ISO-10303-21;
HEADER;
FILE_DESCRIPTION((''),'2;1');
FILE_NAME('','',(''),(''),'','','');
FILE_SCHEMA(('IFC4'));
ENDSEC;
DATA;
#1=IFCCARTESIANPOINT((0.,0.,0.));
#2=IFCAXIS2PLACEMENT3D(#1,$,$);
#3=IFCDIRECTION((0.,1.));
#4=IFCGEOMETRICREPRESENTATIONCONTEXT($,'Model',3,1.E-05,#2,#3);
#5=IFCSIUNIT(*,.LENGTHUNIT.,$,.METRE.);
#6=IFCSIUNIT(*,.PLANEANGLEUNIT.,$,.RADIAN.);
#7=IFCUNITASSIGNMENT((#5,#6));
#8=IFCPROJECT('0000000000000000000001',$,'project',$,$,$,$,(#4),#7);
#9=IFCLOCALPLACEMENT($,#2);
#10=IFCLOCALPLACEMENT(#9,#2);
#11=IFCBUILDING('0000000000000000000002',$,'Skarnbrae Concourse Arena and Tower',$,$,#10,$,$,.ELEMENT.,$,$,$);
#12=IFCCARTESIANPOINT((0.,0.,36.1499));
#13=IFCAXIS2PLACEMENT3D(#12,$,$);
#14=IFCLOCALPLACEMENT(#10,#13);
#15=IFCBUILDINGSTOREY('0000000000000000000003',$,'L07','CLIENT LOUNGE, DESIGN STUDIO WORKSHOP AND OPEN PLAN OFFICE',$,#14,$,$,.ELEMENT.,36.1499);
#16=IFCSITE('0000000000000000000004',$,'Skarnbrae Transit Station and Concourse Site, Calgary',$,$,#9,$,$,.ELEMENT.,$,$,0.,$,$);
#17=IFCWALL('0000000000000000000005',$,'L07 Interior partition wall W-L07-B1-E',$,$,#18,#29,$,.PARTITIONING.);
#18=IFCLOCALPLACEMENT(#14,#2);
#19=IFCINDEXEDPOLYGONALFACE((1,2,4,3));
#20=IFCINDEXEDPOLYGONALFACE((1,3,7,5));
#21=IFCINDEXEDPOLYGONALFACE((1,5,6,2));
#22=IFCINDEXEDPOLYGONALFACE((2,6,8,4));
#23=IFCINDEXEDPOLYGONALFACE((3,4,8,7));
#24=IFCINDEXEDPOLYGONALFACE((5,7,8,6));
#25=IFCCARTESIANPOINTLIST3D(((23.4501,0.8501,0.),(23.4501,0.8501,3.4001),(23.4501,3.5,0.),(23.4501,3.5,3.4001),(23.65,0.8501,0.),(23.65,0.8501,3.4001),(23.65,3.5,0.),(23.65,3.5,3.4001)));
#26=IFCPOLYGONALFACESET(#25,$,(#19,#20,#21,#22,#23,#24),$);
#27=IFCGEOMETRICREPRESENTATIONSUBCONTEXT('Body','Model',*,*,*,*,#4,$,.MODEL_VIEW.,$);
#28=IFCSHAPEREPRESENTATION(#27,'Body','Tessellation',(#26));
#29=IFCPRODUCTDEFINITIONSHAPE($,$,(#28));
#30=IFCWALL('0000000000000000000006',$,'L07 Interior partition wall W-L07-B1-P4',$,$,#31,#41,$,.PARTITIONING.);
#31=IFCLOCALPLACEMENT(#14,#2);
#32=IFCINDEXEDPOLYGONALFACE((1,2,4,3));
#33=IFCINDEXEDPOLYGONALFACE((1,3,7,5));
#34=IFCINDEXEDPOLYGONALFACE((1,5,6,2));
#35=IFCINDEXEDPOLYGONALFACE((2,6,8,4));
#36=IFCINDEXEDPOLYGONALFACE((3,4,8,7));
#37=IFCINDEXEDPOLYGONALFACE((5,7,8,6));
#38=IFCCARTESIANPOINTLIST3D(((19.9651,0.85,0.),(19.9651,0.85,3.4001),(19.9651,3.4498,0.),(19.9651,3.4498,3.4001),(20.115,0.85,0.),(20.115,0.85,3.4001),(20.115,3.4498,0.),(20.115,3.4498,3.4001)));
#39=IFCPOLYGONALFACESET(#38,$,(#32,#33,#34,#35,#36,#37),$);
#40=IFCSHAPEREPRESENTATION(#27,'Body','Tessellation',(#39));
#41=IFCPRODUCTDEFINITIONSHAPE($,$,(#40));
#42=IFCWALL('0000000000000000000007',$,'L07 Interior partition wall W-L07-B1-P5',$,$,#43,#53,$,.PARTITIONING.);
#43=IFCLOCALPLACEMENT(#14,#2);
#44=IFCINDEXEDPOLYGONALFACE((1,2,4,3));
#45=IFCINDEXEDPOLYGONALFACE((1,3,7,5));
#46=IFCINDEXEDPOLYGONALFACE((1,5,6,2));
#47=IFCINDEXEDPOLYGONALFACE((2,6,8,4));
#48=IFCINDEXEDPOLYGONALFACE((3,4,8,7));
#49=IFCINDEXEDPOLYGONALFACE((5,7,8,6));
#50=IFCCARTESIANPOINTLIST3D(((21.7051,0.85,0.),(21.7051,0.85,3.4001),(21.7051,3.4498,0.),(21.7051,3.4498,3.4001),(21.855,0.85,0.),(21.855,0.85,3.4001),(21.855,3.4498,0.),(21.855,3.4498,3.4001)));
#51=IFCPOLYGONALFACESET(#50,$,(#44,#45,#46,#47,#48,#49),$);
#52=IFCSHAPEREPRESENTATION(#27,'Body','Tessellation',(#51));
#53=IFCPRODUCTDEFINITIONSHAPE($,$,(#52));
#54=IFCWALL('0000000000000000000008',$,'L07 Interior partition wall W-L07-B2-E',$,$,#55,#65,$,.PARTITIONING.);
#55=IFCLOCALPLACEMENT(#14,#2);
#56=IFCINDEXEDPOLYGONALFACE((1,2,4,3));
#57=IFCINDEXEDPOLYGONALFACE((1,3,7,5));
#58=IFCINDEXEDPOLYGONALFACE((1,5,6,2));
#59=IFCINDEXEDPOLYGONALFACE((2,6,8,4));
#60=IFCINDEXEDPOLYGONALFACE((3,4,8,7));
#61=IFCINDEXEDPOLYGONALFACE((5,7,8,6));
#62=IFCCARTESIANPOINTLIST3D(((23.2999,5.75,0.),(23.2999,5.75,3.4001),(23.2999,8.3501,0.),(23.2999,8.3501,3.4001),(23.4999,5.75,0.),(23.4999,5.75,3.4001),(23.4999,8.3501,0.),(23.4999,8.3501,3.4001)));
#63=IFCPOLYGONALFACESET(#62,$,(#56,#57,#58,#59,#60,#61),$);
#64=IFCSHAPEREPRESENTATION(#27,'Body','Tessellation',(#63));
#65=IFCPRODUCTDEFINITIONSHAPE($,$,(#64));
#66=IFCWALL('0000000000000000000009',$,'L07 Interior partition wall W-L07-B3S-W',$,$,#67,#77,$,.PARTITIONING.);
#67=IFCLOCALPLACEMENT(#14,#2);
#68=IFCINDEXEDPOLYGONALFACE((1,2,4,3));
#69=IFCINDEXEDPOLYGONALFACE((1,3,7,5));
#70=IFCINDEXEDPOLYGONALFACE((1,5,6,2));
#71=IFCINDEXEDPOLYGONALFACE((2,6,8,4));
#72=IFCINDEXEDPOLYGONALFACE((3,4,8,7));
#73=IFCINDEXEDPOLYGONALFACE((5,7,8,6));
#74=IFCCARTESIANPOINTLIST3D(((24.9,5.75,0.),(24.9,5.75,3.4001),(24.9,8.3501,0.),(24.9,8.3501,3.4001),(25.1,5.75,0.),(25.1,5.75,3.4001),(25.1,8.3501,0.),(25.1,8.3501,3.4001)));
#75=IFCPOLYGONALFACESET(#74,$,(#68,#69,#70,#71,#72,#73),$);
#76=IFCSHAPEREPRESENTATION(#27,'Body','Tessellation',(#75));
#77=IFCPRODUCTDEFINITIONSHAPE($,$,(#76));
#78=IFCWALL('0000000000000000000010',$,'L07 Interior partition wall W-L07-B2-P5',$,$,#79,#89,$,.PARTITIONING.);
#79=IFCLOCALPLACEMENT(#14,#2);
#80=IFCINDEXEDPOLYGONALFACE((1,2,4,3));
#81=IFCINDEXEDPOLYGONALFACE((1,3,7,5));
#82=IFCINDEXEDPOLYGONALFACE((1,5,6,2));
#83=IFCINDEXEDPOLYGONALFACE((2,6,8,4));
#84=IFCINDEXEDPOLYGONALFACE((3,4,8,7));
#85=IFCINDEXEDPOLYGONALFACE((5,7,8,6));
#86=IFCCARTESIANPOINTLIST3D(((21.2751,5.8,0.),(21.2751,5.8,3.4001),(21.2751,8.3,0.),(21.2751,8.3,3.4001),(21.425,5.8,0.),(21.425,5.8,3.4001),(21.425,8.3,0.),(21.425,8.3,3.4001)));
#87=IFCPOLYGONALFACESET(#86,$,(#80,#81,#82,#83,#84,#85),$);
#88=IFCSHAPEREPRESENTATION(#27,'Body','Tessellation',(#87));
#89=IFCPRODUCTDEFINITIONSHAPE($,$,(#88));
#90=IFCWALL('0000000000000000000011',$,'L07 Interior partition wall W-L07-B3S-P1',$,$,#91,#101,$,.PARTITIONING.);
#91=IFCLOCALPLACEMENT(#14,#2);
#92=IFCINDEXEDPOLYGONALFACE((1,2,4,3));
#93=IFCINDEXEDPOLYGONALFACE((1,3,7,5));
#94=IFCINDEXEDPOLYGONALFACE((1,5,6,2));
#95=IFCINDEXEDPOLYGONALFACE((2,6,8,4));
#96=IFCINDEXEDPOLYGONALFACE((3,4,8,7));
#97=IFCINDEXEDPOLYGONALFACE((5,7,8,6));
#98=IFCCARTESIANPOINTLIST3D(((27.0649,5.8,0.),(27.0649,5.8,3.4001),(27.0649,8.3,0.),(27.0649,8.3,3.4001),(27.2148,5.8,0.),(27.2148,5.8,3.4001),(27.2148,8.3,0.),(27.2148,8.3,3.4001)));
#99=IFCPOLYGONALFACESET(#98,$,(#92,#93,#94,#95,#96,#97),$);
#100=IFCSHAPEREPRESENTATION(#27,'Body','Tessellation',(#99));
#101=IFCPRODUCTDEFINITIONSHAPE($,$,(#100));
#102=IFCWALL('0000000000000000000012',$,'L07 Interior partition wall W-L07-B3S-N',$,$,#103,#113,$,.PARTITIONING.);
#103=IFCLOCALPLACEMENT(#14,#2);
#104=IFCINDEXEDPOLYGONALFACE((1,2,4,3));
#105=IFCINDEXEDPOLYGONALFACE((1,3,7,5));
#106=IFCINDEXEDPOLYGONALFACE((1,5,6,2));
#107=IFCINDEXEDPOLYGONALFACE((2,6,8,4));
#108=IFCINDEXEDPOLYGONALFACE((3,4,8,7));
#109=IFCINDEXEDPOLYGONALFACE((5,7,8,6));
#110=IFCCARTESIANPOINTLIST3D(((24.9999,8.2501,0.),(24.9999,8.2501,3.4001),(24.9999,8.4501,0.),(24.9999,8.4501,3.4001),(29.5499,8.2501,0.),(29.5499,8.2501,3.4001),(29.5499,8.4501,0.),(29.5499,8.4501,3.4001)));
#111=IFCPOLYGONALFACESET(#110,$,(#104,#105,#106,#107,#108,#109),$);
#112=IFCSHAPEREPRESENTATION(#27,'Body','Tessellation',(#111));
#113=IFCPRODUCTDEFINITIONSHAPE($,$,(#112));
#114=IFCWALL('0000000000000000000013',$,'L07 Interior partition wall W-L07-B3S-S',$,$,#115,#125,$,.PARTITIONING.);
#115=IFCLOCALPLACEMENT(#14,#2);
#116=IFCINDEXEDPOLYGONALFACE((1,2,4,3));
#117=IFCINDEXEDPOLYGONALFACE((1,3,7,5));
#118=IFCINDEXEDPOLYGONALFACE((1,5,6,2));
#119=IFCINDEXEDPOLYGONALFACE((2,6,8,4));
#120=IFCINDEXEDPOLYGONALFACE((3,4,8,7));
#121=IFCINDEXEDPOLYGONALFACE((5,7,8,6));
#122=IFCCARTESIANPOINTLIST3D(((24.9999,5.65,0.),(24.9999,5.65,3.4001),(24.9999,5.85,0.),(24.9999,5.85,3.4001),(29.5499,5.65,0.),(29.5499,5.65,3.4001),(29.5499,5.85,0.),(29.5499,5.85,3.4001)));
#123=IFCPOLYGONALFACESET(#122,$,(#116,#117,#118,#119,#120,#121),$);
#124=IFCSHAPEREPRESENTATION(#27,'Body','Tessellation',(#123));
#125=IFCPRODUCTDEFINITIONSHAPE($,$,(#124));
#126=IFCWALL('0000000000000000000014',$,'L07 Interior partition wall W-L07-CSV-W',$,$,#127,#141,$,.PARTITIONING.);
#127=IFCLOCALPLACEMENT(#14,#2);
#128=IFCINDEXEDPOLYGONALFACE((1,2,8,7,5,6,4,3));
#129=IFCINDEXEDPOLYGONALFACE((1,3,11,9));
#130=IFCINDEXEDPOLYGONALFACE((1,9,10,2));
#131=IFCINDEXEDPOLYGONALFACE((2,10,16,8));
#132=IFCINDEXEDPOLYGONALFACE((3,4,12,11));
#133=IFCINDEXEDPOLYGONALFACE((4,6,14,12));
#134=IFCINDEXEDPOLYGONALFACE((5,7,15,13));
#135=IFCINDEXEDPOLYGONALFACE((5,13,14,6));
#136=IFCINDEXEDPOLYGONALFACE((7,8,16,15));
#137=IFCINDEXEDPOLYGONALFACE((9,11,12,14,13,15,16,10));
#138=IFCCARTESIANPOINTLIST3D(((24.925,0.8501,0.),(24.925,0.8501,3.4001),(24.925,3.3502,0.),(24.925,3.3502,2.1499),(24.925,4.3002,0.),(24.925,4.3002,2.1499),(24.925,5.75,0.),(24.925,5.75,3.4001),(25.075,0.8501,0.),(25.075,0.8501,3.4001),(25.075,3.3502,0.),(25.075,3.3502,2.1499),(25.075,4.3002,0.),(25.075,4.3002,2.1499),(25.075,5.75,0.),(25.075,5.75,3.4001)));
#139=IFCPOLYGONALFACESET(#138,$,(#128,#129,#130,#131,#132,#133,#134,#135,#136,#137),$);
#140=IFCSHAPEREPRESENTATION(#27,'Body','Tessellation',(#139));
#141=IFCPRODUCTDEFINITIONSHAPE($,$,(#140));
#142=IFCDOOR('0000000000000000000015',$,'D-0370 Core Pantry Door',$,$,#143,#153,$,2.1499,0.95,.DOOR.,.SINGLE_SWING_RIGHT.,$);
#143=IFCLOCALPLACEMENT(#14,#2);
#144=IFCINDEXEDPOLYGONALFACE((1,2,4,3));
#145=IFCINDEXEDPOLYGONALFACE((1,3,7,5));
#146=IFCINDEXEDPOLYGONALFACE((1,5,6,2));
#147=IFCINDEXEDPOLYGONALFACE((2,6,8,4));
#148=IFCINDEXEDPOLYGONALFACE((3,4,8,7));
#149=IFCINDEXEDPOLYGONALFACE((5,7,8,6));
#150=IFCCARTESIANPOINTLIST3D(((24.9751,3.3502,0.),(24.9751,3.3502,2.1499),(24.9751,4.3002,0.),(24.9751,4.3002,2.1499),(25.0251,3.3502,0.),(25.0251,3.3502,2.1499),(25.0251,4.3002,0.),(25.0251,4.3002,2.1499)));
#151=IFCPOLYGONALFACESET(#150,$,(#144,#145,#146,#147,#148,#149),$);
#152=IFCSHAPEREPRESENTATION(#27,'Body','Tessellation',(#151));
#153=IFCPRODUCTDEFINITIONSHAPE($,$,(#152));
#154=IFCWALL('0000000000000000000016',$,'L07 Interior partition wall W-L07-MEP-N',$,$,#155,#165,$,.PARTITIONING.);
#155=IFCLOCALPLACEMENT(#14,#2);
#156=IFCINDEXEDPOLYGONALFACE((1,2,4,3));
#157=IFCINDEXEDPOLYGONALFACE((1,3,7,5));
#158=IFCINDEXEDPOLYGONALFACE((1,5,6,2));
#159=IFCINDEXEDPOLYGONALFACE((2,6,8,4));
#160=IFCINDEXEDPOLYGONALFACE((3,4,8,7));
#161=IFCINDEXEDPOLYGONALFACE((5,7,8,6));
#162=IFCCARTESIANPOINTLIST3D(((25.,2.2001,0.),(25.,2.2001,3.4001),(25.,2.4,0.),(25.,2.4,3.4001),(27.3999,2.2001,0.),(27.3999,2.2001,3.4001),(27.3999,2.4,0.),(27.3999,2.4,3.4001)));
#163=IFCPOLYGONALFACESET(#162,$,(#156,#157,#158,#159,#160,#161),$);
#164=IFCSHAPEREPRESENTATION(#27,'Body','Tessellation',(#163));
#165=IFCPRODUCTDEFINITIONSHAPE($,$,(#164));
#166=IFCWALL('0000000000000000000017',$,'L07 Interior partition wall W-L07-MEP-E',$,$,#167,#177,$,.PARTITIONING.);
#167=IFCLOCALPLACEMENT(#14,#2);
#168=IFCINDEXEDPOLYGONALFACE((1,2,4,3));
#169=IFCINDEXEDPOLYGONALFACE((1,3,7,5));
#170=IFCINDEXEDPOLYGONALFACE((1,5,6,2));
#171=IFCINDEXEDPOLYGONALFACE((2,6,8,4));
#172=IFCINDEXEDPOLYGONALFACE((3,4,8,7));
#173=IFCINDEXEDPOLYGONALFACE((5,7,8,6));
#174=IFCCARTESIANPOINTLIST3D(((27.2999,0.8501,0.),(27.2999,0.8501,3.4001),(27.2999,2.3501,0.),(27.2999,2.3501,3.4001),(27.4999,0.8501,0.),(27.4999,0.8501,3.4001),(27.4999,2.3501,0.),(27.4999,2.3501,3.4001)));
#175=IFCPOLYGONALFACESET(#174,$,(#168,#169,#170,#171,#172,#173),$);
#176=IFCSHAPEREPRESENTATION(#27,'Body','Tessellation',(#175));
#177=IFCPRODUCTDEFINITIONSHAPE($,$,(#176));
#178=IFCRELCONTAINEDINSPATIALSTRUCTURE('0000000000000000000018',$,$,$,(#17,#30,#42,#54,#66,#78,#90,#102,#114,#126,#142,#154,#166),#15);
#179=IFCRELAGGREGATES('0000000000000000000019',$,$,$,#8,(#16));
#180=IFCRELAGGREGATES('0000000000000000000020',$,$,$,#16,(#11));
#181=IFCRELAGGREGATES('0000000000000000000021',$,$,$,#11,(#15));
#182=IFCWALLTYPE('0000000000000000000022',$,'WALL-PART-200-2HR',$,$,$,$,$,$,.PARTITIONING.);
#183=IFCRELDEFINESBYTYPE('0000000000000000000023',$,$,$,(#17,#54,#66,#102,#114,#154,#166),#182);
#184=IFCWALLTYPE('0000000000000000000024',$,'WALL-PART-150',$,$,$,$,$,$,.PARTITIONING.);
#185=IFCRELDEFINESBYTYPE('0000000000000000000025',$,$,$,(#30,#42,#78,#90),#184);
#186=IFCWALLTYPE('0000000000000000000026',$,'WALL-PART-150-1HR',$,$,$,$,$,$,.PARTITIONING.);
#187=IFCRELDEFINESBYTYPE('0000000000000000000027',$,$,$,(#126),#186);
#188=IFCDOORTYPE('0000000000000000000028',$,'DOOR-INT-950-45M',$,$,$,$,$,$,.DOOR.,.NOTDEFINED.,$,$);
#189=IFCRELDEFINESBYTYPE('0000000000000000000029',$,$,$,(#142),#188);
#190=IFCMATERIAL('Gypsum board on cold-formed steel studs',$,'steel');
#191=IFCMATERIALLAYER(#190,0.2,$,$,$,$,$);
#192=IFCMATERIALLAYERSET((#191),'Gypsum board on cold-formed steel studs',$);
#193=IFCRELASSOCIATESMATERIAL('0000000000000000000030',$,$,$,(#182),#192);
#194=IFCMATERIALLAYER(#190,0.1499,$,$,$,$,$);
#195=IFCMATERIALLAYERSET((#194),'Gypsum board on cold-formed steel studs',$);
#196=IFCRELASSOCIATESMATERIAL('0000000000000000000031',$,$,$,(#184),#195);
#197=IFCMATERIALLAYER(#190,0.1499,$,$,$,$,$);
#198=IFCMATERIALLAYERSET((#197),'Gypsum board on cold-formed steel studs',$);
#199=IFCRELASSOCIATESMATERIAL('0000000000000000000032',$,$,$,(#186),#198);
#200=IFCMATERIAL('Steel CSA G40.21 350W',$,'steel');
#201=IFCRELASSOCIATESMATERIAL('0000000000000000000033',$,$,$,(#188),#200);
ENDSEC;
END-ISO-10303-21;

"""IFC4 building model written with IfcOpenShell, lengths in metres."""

from ifc_helpers import new_model, si_unit, direction, frame, frame_2d, origin, place, context, subcontext, project, spatial, rectangle, extrude, source, transform, mapped, material, layer, layer_set, type_object, element, fill, save


model = new_model("IFC4")

# Units and contexts
model_context = context("Model", 3, precision=1e-05, world=origin(), true_north=direction((0.0, 1.0)))
body_context = subcontext(model_context, "Body", "Model", "MODEL_VIEW")
ifc_project = project(units=[si_unit("LENGTHUNIT", "METRE"), si_unit("PLANEANGLEUNIT", "RADIAN")], contexts=[model_context])

# Site, building, storey
site_placement = place(None, origin())
site = spatial("IfcSite", under=ifc_project, at=site_placement, Name="Skarnbrae Transit Station and Concourse Site, Calgary", CompositionType="ELEMENT", RefElevation=0.0)
building_placement = place(site_placement, origin())
building = spatial("IfcBuilding", under=site, at=building_placement, Name="Skarnbrae Concourse Arena and Tower", CompositionType="ELEMENT")
storey_placement = place(building_placement, frame((0.0, 0.0, 36.1499)))
storey = spatial("IfcBuildingStorey", under=building, at=storey_placement, Name="L07", Description="CLIENT LOUNGE, DESIGN STUDIO WORKSHOP AND OPEN PLAN OFFICE", CompositionType="ELEMENT", Elevation=36.1499)

# Walls
ifc_material_1 = material(Name="Gypsum board on cold-formed steel studs", Category="steel")
ifc_layer_1 = layer(ifc_material_1, 0.2)
ifc_layer_set_1 = layer_set([ifc_layer_1], Name="Gypsum board on cold-formed steel studs")
wall_type_1 = type_object("IfcWallType", Name="WALL-PART-200-2HR", PredefinedType="PARTITIONING", material=ifc_layer_set_1)
shared_shape_1 = source(origin(), body_context, "Body", "SweptSolid", [
    extrude(rectangle(XDim=2.6499, YDim=0.2, at=frame_2d((1.325, 0.0))), origin(), (0.0, 0.0, 1.0), 3.4001),
])
wall_1_placement = place(storey_placement, frame((23.55, 0.8501, 0.0), z_axis=(0.0, 0.0, 1.0), x_axis=(0.0, 1.0, 0.0)))
element("IfcWall", 1, at=wall_1_placement, inside=storey, type_object=wall_type_1, Name="L07 Interior partition wall W-L07-B1-E", PredefinedType="PARTITIONING", context=body_context, shape_type="MappedRepresentation", body=[
    mapped(shared_shape_1, transform((0.0, 0.0, 0.0))),
])
ifc_layer_2 = layer(ifc_material_1, 0.1499)
ifc_layer_set_2 = layer_set([ifc_layer_2], Name="Gypsum board on cold-formed steel studs")
wall_type_2 = type_object("IfcWallType", Name="WALL-PART-150", PredefinedType="PARTITIONING", material=ifc_layer_set_2)
shared_shape_2 = source(origin(), body_context, "Body", "SweptSolid", [
    extrude(rectangle(XDim=2.5999, YDim=0.1499, at=frame_2d((1.2998, 0.0))), origin(), (0.0, 0.0, 1.0), 3.4001),
])
for number, where, z_axis, x_axis, name in (
    (2, (20.04, 0.8501, 0.0), (0.0, 0.0, 1.0), (0.0, 1.0, 0.0), "L07 Interior partition wall W-L07-B1-P4"),
    (3, (21.78, 0.8501, 0.0), (0.0, 0.0, 1.0), (0.0, 1.0, 0.0), "L07 Interior partition wall W-L07-B1-P5"),
):
    element("IfcWall", number, at=place(storey_placement, frame(where, z_axis=z_axis, x_axis=x_axis)), inside=storey, type_object=wall_type_2, Name=name, PredefinedType="PARTITIONING", context=body_context, shape_type="MappedRepresentation", body=[
        mapped(shared_shape_2, transform((0.0, 0.0, 0.0))),
    ])
shared_shape_3 = source(origin(), body_context, "Body", "SweptSolid", [
    extrude(rectangle(XDim=2.6001, YDim=0.2, at=frame_2d((1.3, 0.0))), origin(), (0.0, 0.0, 1.0), 3.4001),
])
for number, where, z_axis, x_axis, name in (
    (4, (23.3999, 5.75, 0.0), (0.0, 0.0, 1.0), (0.0, 1.0, 0.0), "L07 Interior partition wall W-L07-B2-E"),
    (5, (25.0, 5.75, 0.0), (0.0, 0.0, 1.0), (0.0, 1.0, 0.0), "L07 Interior partition wall W-L07-B3S-W"),
):
    element("IfcWall", number, at=place(storey_placement, frame(where, z_axis=z_axis, x_axis=x_axis)), inside=storey, type_object=wall_type_1, Name=name, PredefinedType="PARTITIONING", context=body_context, shape_type="MappedRepresentation", body=[
        mapped(shared_shape_3, transform((0.0, 0.0, 0.0))),
    ])
shared_shape_4 = source(origin(), body_context, "Body", "SweptSolid", [
    extrude(rectangle(XDim=2.5, YDim=0.1499, at=frame_2d((1.25, 0.0))), origin(), (0.0, 0.0, 1.0), 3.4001),
])
for number, where, z_axis, x_axis, name in (
    (6, (21.3501, 5.8, 0.0), (0.0, 0.0, 1.0), (0.0, 1.0, 0.0), "L07 Interior partition wall W-L07-B2-P5"),
    (7, (27.1399, 5.8, 0.0), (0.0, 0.0, 1.0), (0.0, 1.0, 0.0), "L07 Interior partition wall W-L07-B3S-P1"),
):
    element("IfcWall", number, at=place(storey_placement, frame(where, z_axis=z_axis, x_axis=x_axis)), inside=storey, type_object=wall_type_2, Name=name, PredefinedType="PARTITIONING", context=body_context, shape_type="MappedRepresentation", body=[
        mapped(shared_shape_4, transform((0.0, 0.0, 0.0))),
    ])
shared_shape_5 = source(origin(), body_context, "Body", "SweptSolid", [
    extrude(rectangle(XDim=4.55, YDim=0.2, at=frame_2d((2.2749, 0.0))), origin(), (0.0, 0.0, 1.0), 3.4001),
])
for number, where, z_axis, x_axis, name in (
    (8, (25.0, 8.3501, 0.0), (0.0, 0.0, 1.0), (1.0, 0.0, 0.0), "L07 Interior partition wall W-L07-B3S-N"),
    (9, (25.0, 5.75, 0.0), (0.0, 0.0, 1.0), (1.0, 0.0, 0.0), "L07 Interior partition wall W-L07-B3S-S"),
):
    element("IfcWall", number, at=place(storey_placement, frame(where, z_axis=z_axis, x_axis=x_axis)), inside=storey, type_object=wall_type_1, Name=name, PredefinedType="PARTITIONING", context=body_context, shape_type="MappedRepresentation", body=[
        mapped(shared_shape_5, transform((0.0, 0.0, 0.0))),
    ])

# Wall, opening, door
ifc_layer_3 = layer(ifc_material_1, 0.1499)
ifc_layer_set_3 = layer_set([ifc_layer_3], Name="Gypsum board on cold-formed steel studs")
wall_type_3 = type_object("IfcWallType", Name="WALL-PART-150-1HR", PredefinedType="PARTITIONING", material=ifc_layer_set_3)
shared_shape_6 = source(origin(), body_context, "Body", "SweptSolid", [
    extrude(rectangle(XDim=4.8999, YDim=0.1499, at=frame_2d((2.45, 0.0))), origin(), (0.0, 0.0, 1.0), 3.4001),
])
wall_2_placement = place(storey_placement, frame((25.0, 0.8501, 0.0), z_axis=(0.0, 0.0, 1.0), x_axis=(0.0, 1.0, 0.0)))
wall_2 = element("IfcWall", 10, at=wall_2_placement, inside=storey, type_object=wall_type_3, Name="L07 Interior partition wall W-L07-CSV-W", PredefinedType="PARTITIONING", context=body_context, shape_type="MappedRepresentation", body=[
    mapped(shared_shape_6, transform((0.0, 0.0, 0.0))),
])
opening_1_placement = place(wall_2_placement, frame((2.5, 0.0, 0.0)))
opening_1 = element("IfcOpeningElement", 11, at=opening_1_placement, cuts=wall_2, PredefinedType="OPENING", context=body_context, shape_type="SweptSolid", body=[
    extrude(rectangle(XDim=0.95, YDim=2.1499, at=frame_2d((0.4751, 1.075))), frame((0.0, 0.085, 0.0), z_axis=(0.0, -1.0, 0.0), x_axis=(1.0, 0.0, 0.0)), (0.0, 0.0, 1.0), 0.1699),
])
ifc_material_2 = material(Name="Steel CSA G40.21 350W", Category="steel")
door_type_1 = type_object("IfcDoorType", Name="DOOR-INT-950-45M", OperationType="NOTDEFINED", PredefinedType="DOOR", material=ifc_material_2)
shared_shape_7 = source(origin(), body_context, "Body", "SweptSolid", [
    extrude(rectangle(XDim=0.95, YDim=2.1499, at=frame_2d((0.4751, 1.075))), frame((0.0, 0.0249, 0.0), z_axis=(0.0, -1.0, 0.0), x_axis=(1.0, 0.0, 0.0)), (0.0, 0.0, 1.0), 0.05),
])
door_1_placement = place(opening_1_placement, origin())
door_1 = element("IfcDoor", 12, at=door_1_placement, inside=storey, type_object=door_type_1, Name="D-0370 Core Pantry Door", OperationType="SINGLE_SWING_RIGHT", OverallHeight=2.1499, OverallWidth=0.95, PredefinedType="DOOR", context=body_context, shape_type="MappedRepresentation", body=[
    mapped(shared_shape_7, transform((0.0, 0.0, 0.0))),
])
fill(opening_1, door_1)

# Walls
shared_shape_8 = source(origin(), body_context, "Body", "SweptSolid", [
    extrude(rectangle(XDim=2.3999, YDim=0.2, at=frame_2d((1.2, 0.0))), origin(), (0.0, 0.0, 1.0), 3.4001),
])
wall_3_placement = place(storey_placement, frame((25.0, 2.3, 0.0), z_axis=(0.0, 0.0, 1.0), x_axis=(1.0, 0.0, 0.0)))
element("IfcWall", 13, at=wall_3_placement, inside=storey, type_object=wall_type_1, Name="L07 Interior partition wall W-L07-MEP-N", PredefinedType="PARTITIONING", context=body_context, shape_type="MappedRepresentation", body=[
    mapped(shared_shape_8, transform((0.0, 0.0, 0.0))),
])
shared_shape_9 = source(origin(), body_context, "Body", "SweptSolid", [
    extrude(rectangle(XDim=1.5, YDim=0.2, at=frame_2d((0.75, 0.0))), origin(), (0.0, 0.0, 1.0), 3.4001),
])
wall_4_placement = place(storey_placement, frame((27.3999, 0.8501, 0.0), z_axis=(0.0, 0.0, 1.0), x_axis=(0.0, 1.0, 0.0)))
element("IfcWall", 14, at=wall_4_placement, inside=storey, type_object=wall_type_1, Name="L07 Interior partition wall W-L07-MEP-E", PredefinedType="PARTITIONING", context=body_context, shape_type="MappedRepresentation", body=[
    mapped(shared_shape_9, transform((0.0, 0.0, 0.0))),
])

save(model, "model.ifc")
